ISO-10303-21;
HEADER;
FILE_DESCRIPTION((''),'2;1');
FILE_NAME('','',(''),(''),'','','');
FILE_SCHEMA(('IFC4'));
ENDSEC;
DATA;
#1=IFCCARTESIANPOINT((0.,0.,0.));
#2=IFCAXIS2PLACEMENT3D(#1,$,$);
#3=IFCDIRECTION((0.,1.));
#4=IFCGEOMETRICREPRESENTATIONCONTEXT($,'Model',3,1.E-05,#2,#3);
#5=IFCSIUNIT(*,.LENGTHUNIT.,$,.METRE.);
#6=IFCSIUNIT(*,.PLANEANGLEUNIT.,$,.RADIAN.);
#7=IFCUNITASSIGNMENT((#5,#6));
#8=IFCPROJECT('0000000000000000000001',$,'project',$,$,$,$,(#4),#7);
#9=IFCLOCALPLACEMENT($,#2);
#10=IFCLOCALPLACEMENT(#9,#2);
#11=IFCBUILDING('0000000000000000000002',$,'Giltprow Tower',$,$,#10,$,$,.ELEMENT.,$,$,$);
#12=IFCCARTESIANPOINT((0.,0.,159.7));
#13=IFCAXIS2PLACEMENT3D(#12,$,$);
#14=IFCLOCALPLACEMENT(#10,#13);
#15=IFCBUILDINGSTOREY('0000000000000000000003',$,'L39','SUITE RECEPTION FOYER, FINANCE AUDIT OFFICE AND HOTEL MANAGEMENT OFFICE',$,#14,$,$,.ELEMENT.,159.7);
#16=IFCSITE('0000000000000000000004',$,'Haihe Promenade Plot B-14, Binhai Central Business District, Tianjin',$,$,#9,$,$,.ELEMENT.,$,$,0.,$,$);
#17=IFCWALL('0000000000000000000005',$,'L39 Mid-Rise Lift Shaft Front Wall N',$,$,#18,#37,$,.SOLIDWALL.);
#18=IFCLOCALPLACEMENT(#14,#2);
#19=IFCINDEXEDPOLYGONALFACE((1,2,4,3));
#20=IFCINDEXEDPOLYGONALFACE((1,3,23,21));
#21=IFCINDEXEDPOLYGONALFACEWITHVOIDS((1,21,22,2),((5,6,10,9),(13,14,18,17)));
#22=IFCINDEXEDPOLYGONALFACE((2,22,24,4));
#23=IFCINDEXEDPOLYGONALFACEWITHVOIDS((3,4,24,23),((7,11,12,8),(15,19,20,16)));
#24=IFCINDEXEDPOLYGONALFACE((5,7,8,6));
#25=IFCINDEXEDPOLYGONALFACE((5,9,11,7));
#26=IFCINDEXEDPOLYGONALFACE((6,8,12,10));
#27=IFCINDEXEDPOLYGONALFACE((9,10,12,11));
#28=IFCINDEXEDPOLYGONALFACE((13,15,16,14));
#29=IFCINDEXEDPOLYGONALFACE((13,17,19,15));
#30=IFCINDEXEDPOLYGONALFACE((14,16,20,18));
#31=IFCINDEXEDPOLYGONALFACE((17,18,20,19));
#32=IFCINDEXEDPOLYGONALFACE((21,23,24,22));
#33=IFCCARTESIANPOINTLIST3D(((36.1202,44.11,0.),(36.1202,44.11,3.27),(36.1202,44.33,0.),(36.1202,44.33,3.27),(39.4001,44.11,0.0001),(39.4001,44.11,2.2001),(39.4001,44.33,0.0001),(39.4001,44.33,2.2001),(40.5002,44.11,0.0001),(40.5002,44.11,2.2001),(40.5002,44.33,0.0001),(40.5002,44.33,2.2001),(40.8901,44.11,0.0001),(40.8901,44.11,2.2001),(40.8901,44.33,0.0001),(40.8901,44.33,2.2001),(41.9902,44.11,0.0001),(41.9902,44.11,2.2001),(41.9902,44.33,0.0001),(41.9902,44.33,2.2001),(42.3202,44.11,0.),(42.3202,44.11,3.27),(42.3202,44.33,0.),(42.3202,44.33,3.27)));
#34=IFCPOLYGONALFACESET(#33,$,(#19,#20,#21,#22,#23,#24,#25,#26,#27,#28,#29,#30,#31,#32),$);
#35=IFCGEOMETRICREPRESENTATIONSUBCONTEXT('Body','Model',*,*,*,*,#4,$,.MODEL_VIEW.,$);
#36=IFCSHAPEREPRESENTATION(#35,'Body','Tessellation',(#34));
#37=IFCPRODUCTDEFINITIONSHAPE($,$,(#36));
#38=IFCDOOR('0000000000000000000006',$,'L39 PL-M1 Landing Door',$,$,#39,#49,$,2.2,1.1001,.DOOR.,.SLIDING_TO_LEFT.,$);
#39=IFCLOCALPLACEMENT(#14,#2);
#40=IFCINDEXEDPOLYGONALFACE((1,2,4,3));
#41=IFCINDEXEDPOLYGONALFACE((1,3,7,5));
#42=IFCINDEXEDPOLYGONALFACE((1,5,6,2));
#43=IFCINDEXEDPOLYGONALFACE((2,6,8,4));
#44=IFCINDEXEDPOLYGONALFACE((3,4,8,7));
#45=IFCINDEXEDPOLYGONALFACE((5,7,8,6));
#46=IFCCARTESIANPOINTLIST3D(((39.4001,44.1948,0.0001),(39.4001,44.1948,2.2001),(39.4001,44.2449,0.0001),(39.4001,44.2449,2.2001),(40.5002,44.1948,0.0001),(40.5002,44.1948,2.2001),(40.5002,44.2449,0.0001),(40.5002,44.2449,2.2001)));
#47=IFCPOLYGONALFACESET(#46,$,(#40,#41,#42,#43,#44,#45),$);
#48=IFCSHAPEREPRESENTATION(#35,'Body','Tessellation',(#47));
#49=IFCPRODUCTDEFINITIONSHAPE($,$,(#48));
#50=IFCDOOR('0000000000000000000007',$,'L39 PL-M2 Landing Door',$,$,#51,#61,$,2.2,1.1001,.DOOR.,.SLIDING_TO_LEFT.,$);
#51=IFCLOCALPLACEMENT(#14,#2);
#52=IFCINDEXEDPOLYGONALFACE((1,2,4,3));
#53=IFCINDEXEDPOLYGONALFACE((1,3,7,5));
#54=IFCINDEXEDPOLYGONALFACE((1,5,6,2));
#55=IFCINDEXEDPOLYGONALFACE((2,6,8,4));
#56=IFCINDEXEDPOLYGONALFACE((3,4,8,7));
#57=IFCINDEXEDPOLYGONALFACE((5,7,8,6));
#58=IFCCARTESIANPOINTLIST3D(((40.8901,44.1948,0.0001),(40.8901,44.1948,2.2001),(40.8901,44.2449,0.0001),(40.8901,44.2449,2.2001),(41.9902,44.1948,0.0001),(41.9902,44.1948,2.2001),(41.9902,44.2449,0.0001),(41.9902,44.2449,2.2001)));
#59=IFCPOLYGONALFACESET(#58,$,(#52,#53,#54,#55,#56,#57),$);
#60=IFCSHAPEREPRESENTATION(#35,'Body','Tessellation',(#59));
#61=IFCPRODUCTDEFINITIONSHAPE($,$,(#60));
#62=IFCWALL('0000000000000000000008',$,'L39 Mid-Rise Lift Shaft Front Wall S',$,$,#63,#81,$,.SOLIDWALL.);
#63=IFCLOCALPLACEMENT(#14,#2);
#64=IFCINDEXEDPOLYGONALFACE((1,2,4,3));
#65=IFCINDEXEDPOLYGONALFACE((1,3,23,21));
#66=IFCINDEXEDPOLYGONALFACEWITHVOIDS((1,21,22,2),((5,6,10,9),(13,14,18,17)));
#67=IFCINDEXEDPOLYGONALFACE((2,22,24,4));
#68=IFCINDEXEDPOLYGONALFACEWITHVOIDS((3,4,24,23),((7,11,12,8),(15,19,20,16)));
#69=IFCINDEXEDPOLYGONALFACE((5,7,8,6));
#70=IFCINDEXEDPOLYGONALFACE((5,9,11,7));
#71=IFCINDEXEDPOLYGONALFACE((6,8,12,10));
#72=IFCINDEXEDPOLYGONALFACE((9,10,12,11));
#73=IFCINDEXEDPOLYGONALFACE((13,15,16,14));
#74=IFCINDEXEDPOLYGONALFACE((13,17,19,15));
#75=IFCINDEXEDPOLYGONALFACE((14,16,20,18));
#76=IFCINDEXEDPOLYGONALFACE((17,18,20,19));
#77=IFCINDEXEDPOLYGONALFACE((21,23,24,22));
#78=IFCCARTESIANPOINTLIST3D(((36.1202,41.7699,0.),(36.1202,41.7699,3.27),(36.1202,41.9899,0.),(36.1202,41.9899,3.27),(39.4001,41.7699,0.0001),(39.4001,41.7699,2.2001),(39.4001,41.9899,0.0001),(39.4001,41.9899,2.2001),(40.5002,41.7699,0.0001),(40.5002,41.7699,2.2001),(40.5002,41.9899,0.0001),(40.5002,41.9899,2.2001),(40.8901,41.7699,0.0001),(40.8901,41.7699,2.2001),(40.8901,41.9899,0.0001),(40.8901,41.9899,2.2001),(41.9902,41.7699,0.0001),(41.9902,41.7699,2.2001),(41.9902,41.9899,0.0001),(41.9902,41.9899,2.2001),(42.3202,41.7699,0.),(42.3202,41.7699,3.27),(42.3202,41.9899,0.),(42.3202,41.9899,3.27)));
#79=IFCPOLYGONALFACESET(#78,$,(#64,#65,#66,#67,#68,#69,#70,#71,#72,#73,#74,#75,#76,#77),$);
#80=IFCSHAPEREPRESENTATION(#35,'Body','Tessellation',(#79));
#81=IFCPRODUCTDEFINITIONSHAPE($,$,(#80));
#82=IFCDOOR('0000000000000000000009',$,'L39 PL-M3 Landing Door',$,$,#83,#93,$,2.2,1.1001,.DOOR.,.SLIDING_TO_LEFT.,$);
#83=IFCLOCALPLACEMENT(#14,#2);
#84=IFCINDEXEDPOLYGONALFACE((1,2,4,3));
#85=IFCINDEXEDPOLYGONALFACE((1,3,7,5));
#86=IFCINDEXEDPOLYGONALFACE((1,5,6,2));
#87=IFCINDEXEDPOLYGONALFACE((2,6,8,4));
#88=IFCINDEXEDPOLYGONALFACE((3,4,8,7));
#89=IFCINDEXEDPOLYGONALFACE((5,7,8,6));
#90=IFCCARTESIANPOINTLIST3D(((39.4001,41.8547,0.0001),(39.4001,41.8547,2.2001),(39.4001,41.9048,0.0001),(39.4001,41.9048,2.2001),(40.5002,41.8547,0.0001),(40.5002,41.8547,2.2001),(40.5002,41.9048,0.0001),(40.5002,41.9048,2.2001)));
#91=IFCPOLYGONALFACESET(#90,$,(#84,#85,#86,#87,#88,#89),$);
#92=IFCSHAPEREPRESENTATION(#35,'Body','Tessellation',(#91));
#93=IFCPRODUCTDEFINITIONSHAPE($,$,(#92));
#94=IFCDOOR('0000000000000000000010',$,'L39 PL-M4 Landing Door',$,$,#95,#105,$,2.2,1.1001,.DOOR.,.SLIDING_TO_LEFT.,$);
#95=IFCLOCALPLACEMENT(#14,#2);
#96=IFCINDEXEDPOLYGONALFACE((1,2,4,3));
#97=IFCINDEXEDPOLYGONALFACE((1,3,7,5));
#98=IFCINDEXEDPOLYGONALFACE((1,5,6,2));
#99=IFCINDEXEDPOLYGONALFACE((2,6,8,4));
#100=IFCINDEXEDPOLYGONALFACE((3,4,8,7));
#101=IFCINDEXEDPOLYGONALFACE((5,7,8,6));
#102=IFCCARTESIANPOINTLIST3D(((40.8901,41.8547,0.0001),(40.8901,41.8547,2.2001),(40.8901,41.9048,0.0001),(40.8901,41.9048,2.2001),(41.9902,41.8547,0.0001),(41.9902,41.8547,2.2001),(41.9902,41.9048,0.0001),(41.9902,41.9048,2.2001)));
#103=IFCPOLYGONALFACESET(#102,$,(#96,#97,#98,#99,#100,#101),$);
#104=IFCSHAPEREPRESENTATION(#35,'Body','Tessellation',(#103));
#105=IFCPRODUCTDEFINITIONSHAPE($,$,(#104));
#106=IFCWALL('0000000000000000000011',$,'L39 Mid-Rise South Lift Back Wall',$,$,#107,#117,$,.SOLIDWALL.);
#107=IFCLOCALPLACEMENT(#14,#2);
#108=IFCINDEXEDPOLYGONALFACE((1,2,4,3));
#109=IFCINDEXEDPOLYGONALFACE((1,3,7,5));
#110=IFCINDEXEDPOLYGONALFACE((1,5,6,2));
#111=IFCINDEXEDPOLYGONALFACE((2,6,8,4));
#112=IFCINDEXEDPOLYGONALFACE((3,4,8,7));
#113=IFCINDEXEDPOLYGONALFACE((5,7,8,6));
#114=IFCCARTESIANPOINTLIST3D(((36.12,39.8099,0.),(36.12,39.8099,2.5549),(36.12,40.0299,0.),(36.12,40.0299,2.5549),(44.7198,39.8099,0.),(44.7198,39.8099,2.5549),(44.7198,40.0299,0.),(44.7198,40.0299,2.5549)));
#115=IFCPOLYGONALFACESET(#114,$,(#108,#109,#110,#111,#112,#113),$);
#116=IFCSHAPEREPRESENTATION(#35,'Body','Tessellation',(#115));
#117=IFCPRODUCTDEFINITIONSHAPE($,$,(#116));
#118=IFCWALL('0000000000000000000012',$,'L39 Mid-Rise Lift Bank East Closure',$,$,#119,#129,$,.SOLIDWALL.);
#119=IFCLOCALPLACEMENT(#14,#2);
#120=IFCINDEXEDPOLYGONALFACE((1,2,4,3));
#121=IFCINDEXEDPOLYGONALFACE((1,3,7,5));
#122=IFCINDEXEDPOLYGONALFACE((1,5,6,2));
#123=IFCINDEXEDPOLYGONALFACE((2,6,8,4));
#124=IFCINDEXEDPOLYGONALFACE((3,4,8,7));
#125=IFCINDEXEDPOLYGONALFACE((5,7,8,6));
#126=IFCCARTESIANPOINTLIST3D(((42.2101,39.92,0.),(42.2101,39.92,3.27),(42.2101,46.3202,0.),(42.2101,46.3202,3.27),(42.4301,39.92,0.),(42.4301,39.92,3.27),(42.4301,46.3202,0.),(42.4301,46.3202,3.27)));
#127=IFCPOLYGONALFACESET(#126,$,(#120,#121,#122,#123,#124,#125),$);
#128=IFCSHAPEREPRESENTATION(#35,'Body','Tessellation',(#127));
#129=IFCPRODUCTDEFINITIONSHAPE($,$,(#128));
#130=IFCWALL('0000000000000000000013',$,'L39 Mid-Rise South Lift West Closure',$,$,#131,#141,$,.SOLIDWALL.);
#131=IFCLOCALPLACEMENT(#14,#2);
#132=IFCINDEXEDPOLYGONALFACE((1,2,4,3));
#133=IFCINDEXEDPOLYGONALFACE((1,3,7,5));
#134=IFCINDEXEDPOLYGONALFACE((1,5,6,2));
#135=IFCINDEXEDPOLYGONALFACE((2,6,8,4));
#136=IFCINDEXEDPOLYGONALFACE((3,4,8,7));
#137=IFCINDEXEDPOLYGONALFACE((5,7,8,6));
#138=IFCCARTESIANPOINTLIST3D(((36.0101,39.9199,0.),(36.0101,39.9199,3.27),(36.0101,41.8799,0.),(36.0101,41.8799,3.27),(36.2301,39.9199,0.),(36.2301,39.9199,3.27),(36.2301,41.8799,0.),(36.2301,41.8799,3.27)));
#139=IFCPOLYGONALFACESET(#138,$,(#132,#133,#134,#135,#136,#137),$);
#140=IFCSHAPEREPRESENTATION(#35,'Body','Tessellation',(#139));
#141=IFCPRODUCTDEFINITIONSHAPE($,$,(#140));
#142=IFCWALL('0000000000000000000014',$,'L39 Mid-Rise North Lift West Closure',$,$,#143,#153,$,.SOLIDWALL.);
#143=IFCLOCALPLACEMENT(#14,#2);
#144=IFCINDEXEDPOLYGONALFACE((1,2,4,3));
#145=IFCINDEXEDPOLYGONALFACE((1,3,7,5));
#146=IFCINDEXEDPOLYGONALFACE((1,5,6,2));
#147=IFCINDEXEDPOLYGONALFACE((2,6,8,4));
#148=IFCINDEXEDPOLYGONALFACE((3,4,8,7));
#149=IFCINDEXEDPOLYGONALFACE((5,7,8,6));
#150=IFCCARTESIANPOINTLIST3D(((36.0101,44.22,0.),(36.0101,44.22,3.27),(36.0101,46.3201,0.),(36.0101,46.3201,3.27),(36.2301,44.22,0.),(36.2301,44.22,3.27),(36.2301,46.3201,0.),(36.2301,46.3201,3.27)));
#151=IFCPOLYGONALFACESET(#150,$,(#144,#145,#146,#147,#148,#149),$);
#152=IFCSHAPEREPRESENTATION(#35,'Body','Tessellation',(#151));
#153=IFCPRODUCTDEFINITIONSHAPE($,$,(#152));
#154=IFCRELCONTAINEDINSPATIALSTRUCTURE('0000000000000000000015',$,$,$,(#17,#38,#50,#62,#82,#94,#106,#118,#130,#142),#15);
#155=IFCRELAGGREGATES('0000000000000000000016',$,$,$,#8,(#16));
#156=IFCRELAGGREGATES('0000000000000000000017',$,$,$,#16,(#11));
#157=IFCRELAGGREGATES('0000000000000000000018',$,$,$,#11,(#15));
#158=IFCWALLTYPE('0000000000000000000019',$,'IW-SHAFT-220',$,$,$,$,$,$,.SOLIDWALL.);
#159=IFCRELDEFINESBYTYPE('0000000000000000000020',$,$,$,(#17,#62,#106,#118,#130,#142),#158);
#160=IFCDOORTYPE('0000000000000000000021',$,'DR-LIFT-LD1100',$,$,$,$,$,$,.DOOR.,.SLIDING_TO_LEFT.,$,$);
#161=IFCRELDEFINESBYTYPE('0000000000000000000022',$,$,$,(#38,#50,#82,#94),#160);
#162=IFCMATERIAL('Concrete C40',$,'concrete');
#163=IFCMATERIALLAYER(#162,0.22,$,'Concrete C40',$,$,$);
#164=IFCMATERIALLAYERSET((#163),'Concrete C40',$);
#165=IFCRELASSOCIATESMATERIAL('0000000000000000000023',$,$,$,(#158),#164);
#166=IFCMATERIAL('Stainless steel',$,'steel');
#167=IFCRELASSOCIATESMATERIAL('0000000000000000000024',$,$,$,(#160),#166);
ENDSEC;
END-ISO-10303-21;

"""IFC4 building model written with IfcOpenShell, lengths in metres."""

from ifc_helpers import new_model, si_unit, direction, frame, frame_2d, origin, place, context, subcontext, project, spatial, rectangle, extrude, source, transform, mapped, material, layer, layer_set, type_object, element, fill, save


model = new_model("IFC4")

# Units and contexts
model_context = context("Model", 3, precision=1e-05, world=origin(), true_north=direction((0.0, 1.0)))
body_context = subcontext(model_context, "Body", "Model", "MODEL_VIEW")
ifc_project = project(units=[si_unit("LENGTHUNIT", "METRE"), si_unit("PLANEANGLEUNIT", "RADIAN")], contexts=[model_context])

# Site, building, storey
site_placement = place(None, origin())
site = spatial("IfcSite", under=ifc_project, at=site_placement, Name="Haihe Promenade Plot B-14, Binhai Central Business District, Tianjin", CompositionType="ELEMENT", RefElevation=0.0)
building_placement = place(site_placement, origin())
building = spatial("IfcBuilding", under=site, at=building_placement, Name="Giltprow Tower", CompositionType="ELEMENT")
storey_placement = place(building_placement, frame((0.0, 0.0, 159.7)))
storey = spatial("IfcBuildingStorey", under=building, at=storey_placement, Name="L39", Description="SUITE RECEPTION FOYER, FINANCE AUDIT OFFICE AND HOTEL MANAGEMENT OFFICE", CompositionType="ELEMENT", Elevation=159.7)

# Shared definitions
ifc_material_1 = material(Name="Concrete C40", Category="concrete")
ifc_layer_1 = layer(ifc_material_1, 0.22, Name="Concrete C40")
ifc_layer_set_1 = layer_set([ifc_layer_1], Name="Concrete C40")
wall_type_1 = type_object("IfcWallType", Name="IW-SHAFT-220", PredefinedType="SOLIDWALL", material=ifc_layer_set_1)
ifc_material_2 = material(Name="Stainless steel", Category="steel")
door_type_1 = type_object("IfcDoorType", Name="DR-LIFT-LD1100", OperationType="SLIDING_TO_LEFT", PredefinedType="DOOR", material=ifc_material_2)
shared_shape_1 = source(origin(), body_context, "Body", "SweptSolid", [
    extrude(rectangle(XDim=1.1001, YDim=2.2, at=frame_2d((0.55, 1.1001))), frame((0.0, 0.0249, 0.0), z_axis=(0.0, -1.0, 0.0), x_axis=(1.0, 0.0, 0.0)), (0.0, 0.0, 1.0), 0.05),
])

# Walls, openings, doors
wall_1_placement = place(storey_placement, frame((36.1201, 44.22, 0.0), z_axis=(0.0, 0.0, 1.0), x_axis=(1.0, 0.0, 0.0)))
wall_1 = element("IfcWall", 1, at=wall_1_placement, inside=storey, type_object=wall_type_1, Name="L39 Mid-Rise Lift Shaft Front Wall N", PredefinedType="SOLIDWALL", context=body_context, shape_type="SweptSolid", body=[
    extrude(rectangle(XDim=6.2, YDim=0.22, at=frame_2d((3.1001, 0.0))), origin(), (0.0, 0.0, 1.0), 3.27),
])
opening_1_placement = place(wall_1_placement, frame((3.28, 0.0, 0.0)))
opening_1 = element("IfcOpeningElement", 2, at=opening_1_placement, cuts=wall_1, PredefinedType="OPENING", context=body_context, shape_type="SweptSolid", body=[
    extrude(rectangle(XDim=1.1001, YDim=2.2, at=frame_2d((0.55, 1.1001))), frame((0.0, 0.1199, 0.0), z_axis=(0.0, -1.0, 0.0), x_axis=(1.0, 0.0, 0.0)), (0.0, 0.0, 1.0), 0.24),
])
opening_2_placement = place(wall_1_placement, frame((4.77, 0.0, 0.0)))
opening_2 = element("IfcOpeningElement", 3, at=opening_2_placement, cuts=wall_1, PredefinedType="OPENING", context=body_context, shape_type="SweptSolid", body=[
    extrude(rectangle(XDim=1.1001, YDim=2.2, at=frame_2d((0.55, 1.1001))), frame((0.0, 0.1199, 0.0), z_axis=(0.0, -1.0, 0.0), x_axis=(1.0, 0.0, 0.0)), (0.0, 0.0, 1.0), 0.24),
])
door_1_placement = place(opening_1_placement, origin())
door_1 = element("IfcDoor", 4, at=door_1_placement, inside=storey, type_object=door_type_1, Name="L39 PL-M1 Landing Door", OperationType="SLIDING_TO_LEFT", OverallHeight=2.2, OverallWidth=1.1001, PredefinedType="DOOR", context=body_context, shape_type="MappedRepresentation", body=[
    mapped(shared_shape_1, transform((0.0, 0.0, 0.0), x_axis=(1.0, 0.0, 0.0), y_axis=(0.0, 1.0, 0.0), z_axis=(0.0, 0.0, 1.0), scale=1.0)),
])
fill(opening_1, door_1)
door_2_placement = place(opening_2_placement, origin())
door_2 = element("IfcDoor", 5, at=door_2_placement, inside=storey, type_object=door_type_1, Name="L39 PL-M2 Landing Door", OperationType="SLIDING_TO_LEFT", OverallHeight=2.2, OverallWidth=1.1001, PredefinedType="DOOR", context=body_context, shape_type="MappedRepresentation", body=[
    mapped(shared_shape_1, transform((0.0, 0.0, 0.0), x_axis=(1.0, 0.0, 0.0), y_axis=(0.0, 1.0, 0.0), z_axis=(0.0, 0.0, 1.0), scale=1.0)),
])
fill(opening_2, door_2)
wall_2_placement = place(storey_placement, frame((36.1201, 41.8799, 0.0), z_axis=(0.0, 0.0, 1.0), x_axis=(1.0, 0.0, 0.0)))
wall_2 = element("IfcWall", 6, at=wall_2_placement, inside=storey, type_object=wall_type_1, Name="L39 Mid-Rise Lift Shaft Front Wall S", PredefinedType="SOLIDWALL", context=body_context, shape_type="SweptSolid", body=[
    extrude(rectangle(XDim=6.2, YDim=0.22, at=frame_2d((3.1001, 0.0))), origin(), (0.0, 0.0, 1.0), 3.27),
])
opening_3_placement = place(wall_2_placement, frame((3.28, 0.0, 0.0)))
opening_3 = element("IfcOpeningElement", 7, at=opening_3_placement, cuts=wall_2, PredefinedType="OPENING", context=body_context, shape_type="SweptSolid", body=[
    extrude(rectangle(XDim=1.1001, YDim=2.2, at=frame_2d((0.55, 1.1001))), frame((0.0, 0.1199, 0.0), z_axis=(0.0, -1.0, 0.0), x_axis=(1.0, 0.0, 0.0)), (0.0, 0.0, 1.0), 0.24),
])
opening_4_placement = place(wall_2_placement, frame((4.77, 0.0, 0.0)))
opening_4 = element("IfcOpeningElement", 8, at=opening_4_placement, cuts=wall_2, PredefinedType="OPENING", context=body_context, shape_type="SweptSolid", body=[
    extrude(rectangle(XDim=1.1001, YDim=2.2, at=frame_2d((0.55, 1.1001))), frame((0.0, 0.1199, 0.0), z_axis=(0.0, -1.0, 0.0), x_axis=(1.0, 0.0, 0.0)), (0.0, 0.0, 1.0), 0.24),
])
door_3_placement = place(opening_3_placement, origin())
door_3 = element("IfcDoor", 9, at=door_3_placement, inside=storey, type_object=door_type_1, Name="L39 PL-M3 Landing Door", OperationType="SLIDING_TO_LEFT", OverallHeight=2.2, OverallWidth=1.1001, PredefinedType="DOOR", context=body_context, shape_type="MappedRepresentation", body=[
    mapped(shared_shape_1, transform((0.0, 0.0, 0.0), x_axis=(1.0, 0.0, 0.0), y_axis=(0.0, 1.0, 0.0), z_axis=(0.0, 0.0, 1.0), scale=1.0)),
])
fill(opening_3, door_3)
door_4_placement = place(opening_4_placement, origin())
door_4 = element("IfcDoor", 10, at=door_4_placement, inside=storey, type_object=door_type_1, Name="L39 PL-M4 Landing Door", OperationType="SLIDING_TO_LEFT", OverallHeight=2.2, OverallWidth=1.1001, PredefinedType="DOOR", context=body_context, shape_type="MappedRepresentation", body=[
    mapped(shared_shape_1, transform((0.0, 0.0, 0.0), x_axis=(1.0, 0.0, 0.0), y_axis=(0.0, 1.0, 0.0), z_axis=(0.0, 0.0, 1.0), scale=1.0)),
])
fill(opening_4, door_4)

# Walls
wall_3_placement = place(storey_placement, frame((36.1201, 39.9199, 0.0), z_axis=(0.0, 0.0, 1.0), x_axis=(1.0, 0.0, 0.0)))
element("IfcWall", 11, at=wall_3_placement, inside=storey, type_object=wall_type_1, Name="L39 Mid-Rise South Lift Back Wall", PredefinedType="SOLIDWALL", context=body_context, shape_type="SweptSolid", body=[
    extrude(rectangle(XDim=8.5999, YDim=0.22, at=frame_2d((4.2998, 0.0))), origin(), (0.0, 0.0, 1.0), 2.5549),
])
wall_4_placement = place(storey_placement, frame((42.3201, 39.9199, 0.0), z_axis=(0.0, 0.0, 1.0), x_axis=(0.0, 1.0, 0.0)))
element("IfcWall", 12, at=wall_4_placement, inside=storey, type_object=wall_type_1, Name="L39 Mid-Rise Lift Bank East Closure", PredefinedType="SOLIDWALL", context=body_context, shape_type="SweptSolid", body=[
    extrude(rectangle(XDim=6.4001, YDim=0.22, at=frame_2d((3.2002, 0.0))), origin(), (0.0, 0.0, 1.0), 3.27),
])
wall_5_placement = place(storey_placement, frame((36.1201, 39.9199, 0.0), z_axis=(0.0, 0.0, 1.0), x_axis=(0.0, 1.0, 0.0)))
element("IfcWall", 13, at=wall_5_placement, inside=storey, type_object=wall_type_1, Name="L39 Mid-Rise South Lift West Closure", PredefinedType="SOLIDWALL", context=body_context, shape_type="SweptSolid", body=[
    extrude(rectangle(XDim=1.96, YDim=0.22, at=frame_2d((0.98, 0.0))), origin(), (0.0, 0.0, 1.0), 3.27),
])
wall_6_placement = place(storey_placement, frame((36.1201, 44.22, 0.0), z_axis=(0.0, 0.0, 1.0), x_axis=(0.0, 1.0, 0.0)))
element("IfcWall", 14, at=wall_6_placement, inside=storey, type_object=wall_type_1, Name="L39 Mid-Rise North Lift West Closure", PredefinedType="SOLIDWALL", context=body_context, shape_type="SweptSolid", body=[
    extrude(rectangle(XDim=2.1001, YDim=0.22, at=frame_2d((1.05, 0.0))), origin(), (0.0, 0.0, 1.0), 3.27),
])

save(model, "model.ifc")
